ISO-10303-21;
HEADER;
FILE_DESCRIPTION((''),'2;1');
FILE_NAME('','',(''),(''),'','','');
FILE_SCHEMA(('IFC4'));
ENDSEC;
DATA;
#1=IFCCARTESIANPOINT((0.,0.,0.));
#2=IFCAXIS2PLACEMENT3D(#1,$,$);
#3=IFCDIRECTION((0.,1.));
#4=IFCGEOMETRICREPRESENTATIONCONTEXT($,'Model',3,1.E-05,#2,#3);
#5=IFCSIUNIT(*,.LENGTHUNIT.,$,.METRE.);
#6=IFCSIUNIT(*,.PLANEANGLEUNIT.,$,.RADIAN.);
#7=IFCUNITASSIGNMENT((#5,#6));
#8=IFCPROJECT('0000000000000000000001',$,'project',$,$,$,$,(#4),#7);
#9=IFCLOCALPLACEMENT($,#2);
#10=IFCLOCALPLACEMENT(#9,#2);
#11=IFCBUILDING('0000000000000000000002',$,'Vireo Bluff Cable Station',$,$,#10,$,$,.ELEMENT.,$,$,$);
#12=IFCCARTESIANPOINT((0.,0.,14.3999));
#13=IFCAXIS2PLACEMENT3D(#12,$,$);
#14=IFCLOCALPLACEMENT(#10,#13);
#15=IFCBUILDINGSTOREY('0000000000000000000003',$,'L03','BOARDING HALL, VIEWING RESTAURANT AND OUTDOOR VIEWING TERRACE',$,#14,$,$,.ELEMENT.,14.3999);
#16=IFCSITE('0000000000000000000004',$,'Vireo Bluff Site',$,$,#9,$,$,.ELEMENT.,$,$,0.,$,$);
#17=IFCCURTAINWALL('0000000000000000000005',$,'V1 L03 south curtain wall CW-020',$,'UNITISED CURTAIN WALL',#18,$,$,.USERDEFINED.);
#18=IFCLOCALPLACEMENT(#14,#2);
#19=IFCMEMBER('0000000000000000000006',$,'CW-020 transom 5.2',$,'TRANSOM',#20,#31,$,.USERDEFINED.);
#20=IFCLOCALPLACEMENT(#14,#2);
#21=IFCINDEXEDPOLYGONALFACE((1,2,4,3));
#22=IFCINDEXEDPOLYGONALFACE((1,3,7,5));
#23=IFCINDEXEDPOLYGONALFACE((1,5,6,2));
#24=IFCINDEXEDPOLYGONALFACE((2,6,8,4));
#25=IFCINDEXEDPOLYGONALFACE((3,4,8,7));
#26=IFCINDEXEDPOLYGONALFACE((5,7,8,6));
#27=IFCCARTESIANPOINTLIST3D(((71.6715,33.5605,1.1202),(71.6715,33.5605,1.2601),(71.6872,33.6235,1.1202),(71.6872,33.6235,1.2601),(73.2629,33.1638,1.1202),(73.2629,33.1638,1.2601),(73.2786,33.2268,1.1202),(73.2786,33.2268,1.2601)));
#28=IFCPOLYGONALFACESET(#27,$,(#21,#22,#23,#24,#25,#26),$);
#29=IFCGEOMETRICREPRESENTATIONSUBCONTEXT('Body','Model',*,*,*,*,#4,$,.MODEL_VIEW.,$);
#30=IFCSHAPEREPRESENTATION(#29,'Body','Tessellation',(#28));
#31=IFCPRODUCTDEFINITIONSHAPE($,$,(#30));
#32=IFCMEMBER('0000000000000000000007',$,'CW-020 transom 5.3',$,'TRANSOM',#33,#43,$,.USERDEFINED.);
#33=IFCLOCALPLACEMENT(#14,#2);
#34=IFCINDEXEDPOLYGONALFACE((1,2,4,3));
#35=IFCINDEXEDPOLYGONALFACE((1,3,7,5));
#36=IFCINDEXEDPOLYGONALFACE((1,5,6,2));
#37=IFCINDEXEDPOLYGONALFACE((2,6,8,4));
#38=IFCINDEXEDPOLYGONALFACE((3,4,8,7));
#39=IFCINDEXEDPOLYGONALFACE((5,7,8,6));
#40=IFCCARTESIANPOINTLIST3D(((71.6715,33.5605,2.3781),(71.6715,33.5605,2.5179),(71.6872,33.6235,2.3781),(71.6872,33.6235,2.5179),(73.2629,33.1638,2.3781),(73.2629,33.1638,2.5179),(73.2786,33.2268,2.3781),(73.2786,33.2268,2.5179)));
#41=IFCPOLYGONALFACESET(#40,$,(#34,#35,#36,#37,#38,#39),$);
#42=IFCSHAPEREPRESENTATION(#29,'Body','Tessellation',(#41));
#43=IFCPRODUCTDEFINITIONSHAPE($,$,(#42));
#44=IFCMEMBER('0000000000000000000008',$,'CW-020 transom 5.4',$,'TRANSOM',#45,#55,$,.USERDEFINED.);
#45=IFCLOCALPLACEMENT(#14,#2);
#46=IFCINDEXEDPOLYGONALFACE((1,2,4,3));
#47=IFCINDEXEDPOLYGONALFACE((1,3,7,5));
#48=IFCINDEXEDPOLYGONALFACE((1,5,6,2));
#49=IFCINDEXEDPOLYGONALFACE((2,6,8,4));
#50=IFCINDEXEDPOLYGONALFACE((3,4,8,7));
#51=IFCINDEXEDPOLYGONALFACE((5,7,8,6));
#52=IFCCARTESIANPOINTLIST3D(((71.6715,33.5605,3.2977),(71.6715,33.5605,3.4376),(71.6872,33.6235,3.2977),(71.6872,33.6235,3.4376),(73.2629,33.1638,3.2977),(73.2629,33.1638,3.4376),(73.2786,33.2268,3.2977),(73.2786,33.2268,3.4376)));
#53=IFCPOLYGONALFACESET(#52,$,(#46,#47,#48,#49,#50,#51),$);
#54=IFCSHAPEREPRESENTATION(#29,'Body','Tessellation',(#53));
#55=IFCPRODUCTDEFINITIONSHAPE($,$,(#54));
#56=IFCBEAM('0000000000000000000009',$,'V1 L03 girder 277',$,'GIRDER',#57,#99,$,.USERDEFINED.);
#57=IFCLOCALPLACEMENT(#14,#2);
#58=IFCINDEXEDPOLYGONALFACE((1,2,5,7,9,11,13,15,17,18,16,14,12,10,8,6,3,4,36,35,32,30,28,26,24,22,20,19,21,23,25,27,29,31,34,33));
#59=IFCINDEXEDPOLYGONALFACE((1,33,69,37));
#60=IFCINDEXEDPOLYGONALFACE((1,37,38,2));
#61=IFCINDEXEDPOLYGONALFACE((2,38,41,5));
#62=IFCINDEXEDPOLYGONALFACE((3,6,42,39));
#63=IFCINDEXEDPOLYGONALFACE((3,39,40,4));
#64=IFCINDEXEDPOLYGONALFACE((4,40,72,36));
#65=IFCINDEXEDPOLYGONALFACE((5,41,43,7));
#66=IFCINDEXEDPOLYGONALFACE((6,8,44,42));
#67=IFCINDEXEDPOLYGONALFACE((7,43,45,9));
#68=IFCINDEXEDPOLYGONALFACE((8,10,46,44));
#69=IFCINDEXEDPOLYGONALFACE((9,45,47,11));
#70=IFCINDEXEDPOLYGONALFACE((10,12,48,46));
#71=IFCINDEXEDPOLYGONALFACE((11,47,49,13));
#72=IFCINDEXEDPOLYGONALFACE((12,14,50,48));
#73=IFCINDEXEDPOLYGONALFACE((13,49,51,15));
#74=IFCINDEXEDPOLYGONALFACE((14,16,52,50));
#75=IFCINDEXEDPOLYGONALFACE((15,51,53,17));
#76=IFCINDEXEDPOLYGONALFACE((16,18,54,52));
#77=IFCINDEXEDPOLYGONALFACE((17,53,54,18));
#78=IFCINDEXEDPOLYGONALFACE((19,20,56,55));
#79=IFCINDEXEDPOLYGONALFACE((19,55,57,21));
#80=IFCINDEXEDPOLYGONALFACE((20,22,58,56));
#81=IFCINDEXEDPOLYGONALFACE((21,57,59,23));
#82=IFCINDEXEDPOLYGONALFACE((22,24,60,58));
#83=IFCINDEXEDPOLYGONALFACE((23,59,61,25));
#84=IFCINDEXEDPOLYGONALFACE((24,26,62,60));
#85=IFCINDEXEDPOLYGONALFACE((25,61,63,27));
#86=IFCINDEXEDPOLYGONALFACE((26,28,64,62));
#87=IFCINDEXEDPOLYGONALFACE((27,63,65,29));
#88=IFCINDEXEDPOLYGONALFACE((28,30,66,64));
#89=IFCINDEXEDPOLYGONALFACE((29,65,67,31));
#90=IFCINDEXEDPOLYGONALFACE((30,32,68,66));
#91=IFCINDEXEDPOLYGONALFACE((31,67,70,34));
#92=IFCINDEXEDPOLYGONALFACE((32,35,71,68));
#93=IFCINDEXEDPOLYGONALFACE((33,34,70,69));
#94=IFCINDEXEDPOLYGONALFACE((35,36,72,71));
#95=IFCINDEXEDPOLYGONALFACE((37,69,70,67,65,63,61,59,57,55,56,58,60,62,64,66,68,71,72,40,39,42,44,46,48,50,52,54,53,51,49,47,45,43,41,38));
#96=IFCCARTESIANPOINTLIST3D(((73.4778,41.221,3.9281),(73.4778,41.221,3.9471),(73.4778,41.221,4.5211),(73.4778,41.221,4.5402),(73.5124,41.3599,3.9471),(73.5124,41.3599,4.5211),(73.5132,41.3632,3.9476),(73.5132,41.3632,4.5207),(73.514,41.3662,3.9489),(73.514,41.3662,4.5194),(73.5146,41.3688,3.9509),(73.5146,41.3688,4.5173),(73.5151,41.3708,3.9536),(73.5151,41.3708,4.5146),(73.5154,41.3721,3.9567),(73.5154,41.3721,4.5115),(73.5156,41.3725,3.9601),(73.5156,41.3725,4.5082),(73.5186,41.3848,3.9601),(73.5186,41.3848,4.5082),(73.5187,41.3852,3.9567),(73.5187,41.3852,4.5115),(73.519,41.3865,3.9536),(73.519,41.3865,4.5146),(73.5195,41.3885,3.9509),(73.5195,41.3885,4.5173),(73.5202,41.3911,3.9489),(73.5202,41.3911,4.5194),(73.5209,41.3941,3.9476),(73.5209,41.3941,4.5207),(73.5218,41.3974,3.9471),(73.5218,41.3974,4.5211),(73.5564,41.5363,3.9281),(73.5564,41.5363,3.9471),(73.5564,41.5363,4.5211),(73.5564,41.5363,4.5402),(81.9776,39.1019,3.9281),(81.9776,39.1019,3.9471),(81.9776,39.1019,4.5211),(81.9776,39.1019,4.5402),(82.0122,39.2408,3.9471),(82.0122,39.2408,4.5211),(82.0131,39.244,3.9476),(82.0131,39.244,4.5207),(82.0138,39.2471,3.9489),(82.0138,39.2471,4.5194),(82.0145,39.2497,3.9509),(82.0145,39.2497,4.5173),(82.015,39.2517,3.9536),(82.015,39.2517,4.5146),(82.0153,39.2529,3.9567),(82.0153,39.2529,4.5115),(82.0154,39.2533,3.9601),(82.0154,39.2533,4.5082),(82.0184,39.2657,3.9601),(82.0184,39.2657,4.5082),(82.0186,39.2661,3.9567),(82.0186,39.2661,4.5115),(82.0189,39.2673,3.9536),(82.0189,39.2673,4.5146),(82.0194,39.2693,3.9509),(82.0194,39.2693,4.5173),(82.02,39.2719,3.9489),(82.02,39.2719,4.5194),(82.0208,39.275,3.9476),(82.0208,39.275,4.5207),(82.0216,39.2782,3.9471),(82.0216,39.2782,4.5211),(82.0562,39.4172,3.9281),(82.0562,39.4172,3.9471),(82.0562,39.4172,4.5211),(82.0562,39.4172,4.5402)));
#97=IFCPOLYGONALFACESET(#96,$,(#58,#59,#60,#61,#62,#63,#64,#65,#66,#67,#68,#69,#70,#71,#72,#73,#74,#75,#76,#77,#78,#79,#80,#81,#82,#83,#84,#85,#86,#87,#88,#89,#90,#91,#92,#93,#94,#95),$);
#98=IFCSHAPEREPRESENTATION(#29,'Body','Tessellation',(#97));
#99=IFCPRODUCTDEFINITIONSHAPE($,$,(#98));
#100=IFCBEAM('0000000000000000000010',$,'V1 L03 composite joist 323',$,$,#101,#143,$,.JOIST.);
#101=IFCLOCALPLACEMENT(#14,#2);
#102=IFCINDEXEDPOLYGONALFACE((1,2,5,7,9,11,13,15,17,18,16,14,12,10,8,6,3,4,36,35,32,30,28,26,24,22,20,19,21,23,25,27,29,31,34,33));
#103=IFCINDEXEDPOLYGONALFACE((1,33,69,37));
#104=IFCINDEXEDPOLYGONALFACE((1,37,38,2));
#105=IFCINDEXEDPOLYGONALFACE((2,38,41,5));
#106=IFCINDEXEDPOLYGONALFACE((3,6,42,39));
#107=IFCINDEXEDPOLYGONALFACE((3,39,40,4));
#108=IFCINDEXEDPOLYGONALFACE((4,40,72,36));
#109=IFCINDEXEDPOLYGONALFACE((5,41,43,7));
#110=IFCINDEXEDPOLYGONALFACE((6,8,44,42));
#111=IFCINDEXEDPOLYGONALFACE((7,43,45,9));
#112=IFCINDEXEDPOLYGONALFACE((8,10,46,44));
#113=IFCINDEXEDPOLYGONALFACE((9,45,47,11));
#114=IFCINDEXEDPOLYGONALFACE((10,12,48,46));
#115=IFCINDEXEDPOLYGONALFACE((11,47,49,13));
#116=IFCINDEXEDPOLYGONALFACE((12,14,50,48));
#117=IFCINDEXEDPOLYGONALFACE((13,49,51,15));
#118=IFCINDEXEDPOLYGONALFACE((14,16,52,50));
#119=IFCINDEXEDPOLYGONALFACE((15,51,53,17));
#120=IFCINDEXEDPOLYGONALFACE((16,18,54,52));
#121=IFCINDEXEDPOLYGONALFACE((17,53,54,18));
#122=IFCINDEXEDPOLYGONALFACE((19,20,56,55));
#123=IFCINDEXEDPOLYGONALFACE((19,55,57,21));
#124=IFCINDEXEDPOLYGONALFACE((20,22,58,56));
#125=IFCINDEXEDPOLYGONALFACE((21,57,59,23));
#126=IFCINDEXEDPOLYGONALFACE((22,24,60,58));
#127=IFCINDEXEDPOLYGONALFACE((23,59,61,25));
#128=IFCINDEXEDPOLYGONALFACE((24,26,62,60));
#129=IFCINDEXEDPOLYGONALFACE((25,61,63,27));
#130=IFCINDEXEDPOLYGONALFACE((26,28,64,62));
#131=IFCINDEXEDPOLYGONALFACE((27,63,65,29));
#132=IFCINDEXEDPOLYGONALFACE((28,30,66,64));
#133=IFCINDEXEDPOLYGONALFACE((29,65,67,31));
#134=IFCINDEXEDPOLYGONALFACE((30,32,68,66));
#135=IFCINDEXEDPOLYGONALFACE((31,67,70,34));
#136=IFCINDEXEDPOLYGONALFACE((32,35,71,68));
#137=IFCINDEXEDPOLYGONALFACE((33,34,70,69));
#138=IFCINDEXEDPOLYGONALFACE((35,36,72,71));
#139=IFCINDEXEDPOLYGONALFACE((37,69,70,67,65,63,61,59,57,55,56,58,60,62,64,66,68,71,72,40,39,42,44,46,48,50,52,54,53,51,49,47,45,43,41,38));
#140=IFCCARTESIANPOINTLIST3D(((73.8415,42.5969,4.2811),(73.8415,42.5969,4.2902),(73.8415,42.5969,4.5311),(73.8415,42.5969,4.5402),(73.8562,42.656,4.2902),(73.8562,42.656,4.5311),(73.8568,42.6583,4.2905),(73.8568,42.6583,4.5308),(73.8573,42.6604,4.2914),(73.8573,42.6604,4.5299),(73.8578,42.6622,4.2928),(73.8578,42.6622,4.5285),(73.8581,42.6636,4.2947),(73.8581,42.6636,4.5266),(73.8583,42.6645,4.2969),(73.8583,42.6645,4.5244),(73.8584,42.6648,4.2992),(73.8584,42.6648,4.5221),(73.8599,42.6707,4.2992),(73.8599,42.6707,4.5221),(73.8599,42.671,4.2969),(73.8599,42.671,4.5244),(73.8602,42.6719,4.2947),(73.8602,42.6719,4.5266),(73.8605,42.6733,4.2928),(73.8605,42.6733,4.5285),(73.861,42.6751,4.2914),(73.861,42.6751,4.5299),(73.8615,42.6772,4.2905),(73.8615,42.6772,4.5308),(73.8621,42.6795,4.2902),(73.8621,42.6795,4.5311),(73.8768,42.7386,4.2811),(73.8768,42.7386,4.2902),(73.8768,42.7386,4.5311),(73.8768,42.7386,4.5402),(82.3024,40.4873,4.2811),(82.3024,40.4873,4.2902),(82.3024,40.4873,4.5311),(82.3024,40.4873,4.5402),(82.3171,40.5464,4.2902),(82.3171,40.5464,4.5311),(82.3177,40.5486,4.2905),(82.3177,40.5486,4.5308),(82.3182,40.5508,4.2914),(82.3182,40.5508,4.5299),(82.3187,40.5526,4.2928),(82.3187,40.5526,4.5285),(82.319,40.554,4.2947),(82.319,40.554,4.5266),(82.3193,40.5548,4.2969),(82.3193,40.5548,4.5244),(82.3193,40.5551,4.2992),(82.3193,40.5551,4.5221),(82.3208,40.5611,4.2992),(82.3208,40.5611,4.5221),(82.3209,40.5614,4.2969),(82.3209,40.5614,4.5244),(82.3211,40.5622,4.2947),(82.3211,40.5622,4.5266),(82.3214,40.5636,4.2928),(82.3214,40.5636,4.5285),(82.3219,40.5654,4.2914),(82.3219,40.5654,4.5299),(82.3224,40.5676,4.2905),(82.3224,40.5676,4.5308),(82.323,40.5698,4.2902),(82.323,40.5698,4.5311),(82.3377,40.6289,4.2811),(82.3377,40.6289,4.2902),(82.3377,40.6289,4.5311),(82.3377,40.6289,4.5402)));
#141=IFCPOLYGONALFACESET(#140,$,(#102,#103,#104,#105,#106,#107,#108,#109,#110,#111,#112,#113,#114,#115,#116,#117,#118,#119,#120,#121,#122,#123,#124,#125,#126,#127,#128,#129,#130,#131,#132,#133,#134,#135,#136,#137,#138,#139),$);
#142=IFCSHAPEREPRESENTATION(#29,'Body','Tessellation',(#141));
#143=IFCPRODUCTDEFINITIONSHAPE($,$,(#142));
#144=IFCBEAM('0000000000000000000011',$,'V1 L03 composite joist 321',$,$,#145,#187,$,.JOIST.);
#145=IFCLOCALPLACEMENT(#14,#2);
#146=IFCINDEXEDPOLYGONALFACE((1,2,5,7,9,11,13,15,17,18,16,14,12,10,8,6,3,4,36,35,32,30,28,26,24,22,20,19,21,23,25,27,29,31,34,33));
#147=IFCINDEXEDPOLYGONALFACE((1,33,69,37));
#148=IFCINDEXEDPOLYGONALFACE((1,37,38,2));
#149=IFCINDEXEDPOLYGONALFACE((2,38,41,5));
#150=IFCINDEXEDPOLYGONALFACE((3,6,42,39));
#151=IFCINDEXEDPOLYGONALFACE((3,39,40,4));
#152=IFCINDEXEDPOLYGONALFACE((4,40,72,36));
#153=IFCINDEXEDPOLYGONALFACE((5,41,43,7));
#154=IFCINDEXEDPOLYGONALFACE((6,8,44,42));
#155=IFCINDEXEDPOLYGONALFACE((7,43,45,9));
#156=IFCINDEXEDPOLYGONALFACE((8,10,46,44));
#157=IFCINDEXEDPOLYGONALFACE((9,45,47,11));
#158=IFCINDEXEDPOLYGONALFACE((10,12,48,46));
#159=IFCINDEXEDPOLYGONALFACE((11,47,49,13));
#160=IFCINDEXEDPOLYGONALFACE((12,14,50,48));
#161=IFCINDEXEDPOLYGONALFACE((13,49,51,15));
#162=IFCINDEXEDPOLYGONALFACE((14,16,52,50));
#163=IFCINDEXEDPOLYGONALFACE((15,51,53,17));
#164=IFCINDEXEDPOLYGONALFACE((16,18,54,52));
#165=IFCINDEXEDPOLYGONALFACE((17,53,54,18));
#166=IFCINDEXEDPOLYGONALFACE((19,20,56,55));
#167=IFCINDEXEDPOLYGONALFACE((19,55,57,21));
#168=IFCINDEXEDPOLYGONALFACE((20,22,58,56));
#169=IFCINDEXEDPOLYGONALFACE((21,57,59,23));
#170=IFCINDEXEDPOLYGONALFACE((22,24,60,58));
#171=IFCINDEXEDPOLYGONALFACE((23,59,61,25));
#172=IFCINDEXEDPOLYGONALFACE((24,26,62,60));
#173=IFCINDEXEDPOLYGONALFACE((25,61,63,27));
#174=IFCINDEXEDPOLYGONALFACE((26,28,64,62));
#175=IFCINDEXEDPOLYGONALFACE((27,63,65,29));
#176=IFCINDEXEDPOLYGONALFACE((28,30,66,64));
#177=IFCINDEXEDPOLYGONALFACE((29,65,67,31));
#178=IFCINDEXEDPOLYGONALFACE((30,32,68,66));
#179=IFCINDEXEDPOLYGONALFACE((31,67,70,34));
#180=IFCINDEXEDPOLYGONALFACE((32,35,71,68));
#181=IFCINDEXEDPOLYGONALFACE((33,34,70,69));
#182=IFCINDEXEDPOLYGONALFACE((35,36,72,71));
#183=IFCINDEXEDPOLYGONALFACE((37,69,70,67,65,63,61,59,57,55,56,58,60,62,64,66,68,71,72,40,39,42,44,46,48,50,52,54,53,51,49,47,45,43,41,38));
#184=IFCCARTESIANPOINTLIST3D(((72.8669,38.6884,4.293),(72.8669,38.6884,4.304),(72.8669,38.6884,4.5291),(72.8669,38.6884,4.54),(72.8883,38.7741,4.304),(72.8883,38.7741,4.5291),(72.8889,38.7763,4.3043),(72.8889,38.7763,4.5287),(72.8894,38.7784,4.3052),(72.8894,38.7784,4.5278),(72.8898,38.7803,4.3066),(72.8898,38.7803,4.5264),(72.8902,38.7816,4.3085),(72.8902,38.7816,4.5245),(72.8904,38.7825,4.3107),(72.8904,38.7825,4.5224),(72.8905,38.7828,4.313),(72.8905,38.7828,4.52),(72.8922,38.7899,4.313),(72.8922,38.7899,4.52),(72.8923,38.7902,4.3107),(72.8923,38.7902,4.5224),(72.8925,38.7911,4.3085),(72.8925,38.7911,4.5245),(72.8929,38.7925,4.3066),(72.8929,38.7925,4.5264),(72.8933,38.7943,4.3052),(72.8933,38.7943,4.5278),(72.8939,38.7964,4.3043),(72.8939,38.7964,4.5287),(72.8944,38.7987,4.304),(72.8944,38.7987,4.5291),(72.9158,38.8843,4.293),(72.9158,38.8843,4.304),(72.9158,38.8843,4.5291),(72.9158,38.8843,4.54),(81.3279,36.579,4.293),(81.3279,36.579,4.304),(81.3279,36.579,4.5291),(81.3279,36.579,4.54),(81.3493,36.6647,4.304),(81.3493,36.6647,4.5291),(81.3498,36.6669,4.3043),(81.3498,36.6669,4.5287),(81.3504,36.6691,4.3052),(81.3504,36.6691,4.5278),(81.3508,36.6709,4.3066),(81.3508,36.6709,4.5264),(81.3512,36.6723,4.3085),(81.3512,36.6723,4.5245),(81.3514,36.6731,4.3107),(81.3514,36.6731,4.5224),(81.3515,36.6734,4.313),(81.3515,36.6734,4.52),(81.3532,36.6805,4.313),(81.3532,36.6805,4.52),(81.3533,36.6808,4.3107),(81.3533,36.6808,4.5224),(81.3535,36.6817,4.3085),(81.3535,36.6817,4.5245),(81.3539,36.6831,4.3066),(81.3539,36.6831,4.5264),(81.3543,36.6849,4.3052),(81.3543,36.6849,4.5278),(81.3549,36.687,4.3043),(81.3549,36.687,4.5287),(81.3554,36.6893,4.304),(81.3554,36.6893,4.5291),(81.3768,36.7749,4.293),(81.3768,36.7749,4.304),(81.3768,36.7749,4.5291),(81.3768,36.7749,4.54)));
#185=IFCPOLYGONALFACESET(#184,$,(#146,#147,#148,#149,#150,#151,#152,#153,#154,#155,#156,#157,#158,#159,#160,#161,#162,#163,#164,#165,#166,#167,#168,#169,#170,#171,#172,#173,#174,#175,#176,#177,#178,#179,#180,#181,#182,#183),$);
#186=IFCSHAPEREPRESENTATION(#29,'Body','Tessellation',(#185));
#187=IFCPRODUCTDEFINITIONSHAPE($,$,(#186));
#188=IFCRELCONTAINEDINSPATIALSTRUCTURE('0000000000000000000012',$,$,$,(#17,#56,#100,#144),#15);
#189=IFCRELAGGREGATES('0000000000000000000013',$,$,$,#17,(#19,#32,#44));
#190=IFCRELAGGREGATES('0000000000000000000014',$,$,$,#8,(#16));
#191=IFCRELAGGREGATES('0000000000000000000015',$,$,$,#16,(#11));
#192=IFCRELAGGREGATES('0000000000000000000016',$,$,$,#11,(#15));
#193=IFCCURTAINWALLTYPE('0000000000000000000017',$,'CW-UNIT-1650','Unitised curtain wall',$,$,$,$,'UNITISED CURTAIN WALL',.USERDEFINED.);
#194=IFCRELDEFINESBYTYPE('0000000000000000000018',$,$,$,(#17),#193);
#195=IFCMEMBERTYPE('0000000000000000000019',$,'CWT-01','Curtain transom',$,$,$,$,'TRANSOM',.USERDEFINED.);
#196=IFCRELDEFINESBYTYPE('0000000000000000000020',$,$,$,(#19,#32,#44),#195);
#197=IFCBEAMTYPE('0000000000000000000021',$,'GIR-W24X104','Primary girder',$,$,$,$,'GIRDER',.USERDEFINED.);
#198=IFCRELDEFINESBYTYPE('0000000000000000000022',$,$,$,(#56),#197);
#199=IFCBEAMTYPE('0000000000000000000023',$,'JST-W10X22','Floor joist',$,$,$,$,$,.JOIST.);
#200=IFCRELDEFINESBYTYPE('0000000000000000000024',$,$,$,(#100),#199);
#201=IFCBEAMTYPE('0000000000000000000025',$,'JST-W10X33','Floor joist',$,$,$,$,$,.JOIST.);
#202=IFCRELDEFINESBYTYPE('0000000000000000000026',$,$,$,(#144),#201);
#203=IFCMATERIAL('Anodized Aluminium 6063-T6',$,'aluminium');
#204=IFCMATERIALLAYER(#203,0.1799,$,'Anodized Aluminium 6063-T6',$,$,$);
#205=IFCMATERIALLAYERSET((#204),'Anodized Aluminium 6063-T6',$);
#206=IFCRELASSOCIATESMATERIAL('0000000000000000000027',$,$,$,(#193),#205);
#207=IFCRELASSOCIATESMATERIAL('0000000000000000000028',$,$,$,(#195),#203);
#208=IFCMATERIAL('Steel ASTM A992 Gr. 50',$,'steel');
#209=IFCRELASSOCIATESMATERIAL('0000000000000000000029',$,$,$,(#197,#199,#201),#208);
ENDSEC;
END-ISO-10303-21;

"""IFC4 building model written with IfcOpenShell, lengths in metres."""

from ifc_helpers import new_model, si_unit, direction, frame, origin, origin_2d, place, context, subcontext, project, spatial, rectangle, i_section, extrude, material, layer, layer_set, material_profile, profile_set, type_object, element, aggregate, save


model = new_model("IFC4")

# Units and contexts
model_context = context("Model", 3, precision=1e-05, world=origin(), true_north=direction((0.0, 1.0)))
body_context = subcontext(model_context, "Body", "Model", "MODEL_VIEW")
ifc_project = project(units=[si_unit("LENGTHUNIT", "METRE"), si_unit("PLANEANGLEUNIT", "RADIAN")], contexts=[model_context])

# Site, building, storey
site_placement = place(None, origin())
site = spatial("IfcSite", under=ifc_project, at=site_placement, Name="Vireo Bluff Site", CompositionType="ELEMENT", RefElevation=0.0)
building_placement = place(site_placement, origin())
building = spatial("IfcBuilding", under=site, at=building_placement, Name="Vireo Bluff Cable Station", CompositionType="ELEMENT")
storey_placement = place(building_placement, frame((0.0, 0.0, 14.3999)))
storey = spatial("IfcBuildingStorey", under=building, at=storey_placement, Name="L03", Description="BOARDING HALL, VIEWING RESTAURANT AND OUTDOOR VIEWING TERRACE", CompositionType="ELEMENT", Elevation=14.3999)

# Shared definitions
ifc_material_1 = material(Name="Steel ASTM A992 Gr. 50", Category="steel")

# Curtain wall, members
ifc_material_2 = material(Name="Anodized Aluminium 6063-T6", Category="aluminium")
ifc_layer_1 = layer(ifc_material_2, 0.1799, Name="Anodized Aluminium 6063-T6")
ifc_layer_set_1 = layer_set([ifc_layer_1], Name="Anodized Aluminium 6063-T6")
curtain_wall_type = type_object("IfcCurtainWallType", Name="CW-UNIT-1650", Description="Unitised curtain wall", ElementType="UNITISED CURTAIN WALL", PredefinedType="USERDEFINED", material=ifc_layer_set_1)
curtain_wall_placement = place(storey_placement, origin())
curtain_wall = element("IfcCurtainWall", 1, at=curtain_wall_placement, inside=storey, type_object=curtain_wall_type, Name="V1 L03 south curtain wall CW-020", ObjectType="UNITISED CURTAIN WALL", PredefinedType="USERDEFINED")
ifc_material_profile_1 = material_profile(ifc_material_2, rectangle(XDim=0.0649, YDim=0.1399, at=origin_2d()), Name="ALU-T-65X140")
ifc_profile_set_1 = profile_set([ifc_material_profile_1], Name="Anodized Aluminium 6063-T6")
member_type_1 = type_object("IfcMemberType", Name="CWT-01", Description="Curtain transom", ElementType="TRANSOM", PredefinedType="USERDEFINED", material=ifc_profile_set_1)
member_1_placement = place(storey_placement, frame((73.2708, 33.1953, 1.1902), z_axis=(-0.970309, 0.24187, 0.0), x_axis=(-0.24187, -0.970309, 0.0)))
member_1 = element("IfcMember", 2, at=member_1_placement, type_object=member_type_1, Name="CW-020 transom 5.2", ObjectType="TRANSOM", PredefinedType="USERDEFINED", context=body_context, shape_type="SweptSolid", body=[
    extrude(rectangle(XDim=0.0649, YDim=0.1399, at=origin_2d()), origin(), (0.0, 0.0, 1.0), 1.6401),
])
member_2_placement = place(storey_placement, frame((73.2708, 33.1953, 2.448), z_axis=(-0.970309, 0.24187, 0.0), x_axis=(-0.24187, -0.970309, 0.0)))
member_2 = element("IfcMember", 3, at=member_2_placement, type_object=member_type_1, Name="CW-020 transom 5.3", ObjectType="TRANSOM", PredefinedType="USERDEFINED", context=body_context, shape_type="SweptSolid", body=[
    extrude(rectangle(XDim=0.0649, YDim=0.1399, at=origin_2d()), origin(), (0.0, 0.0, 1.0), 1.6401),
])
member_3_placement = place(storey_placement, frame((73.2708, 33.1953, 3.3677), z_axis=(-0.970309, 0.24187, 0.0), x_axis=(-0.24187, -0.970309, 0.0)))
member_3 = element("IfcMember", 4, at=member_3_placement, type_object=member_type_1, Name="CW-020 transom 5.4", ObjectType="TRANSOM", PredefinedType="USERDEFINED", context=body_context, shape_type="SweptSolid", body=[
    extrude(rectangle(XDim=0.0649, YDim=0.1399, at=origin_2d()), origin(), (0.0, 0.0, 1.0), 1.6401),
])

# Beams
ifc_material_profile_2 = material_profile(ifc_material_1, i_section(OverallWidth=0.325, OverallDepth=0.6121, WebThickness=0.0127, FlangeThickness=0.019, FilletRadius=0.0129, at=origin_2d()), Name="W24X104")
ifc_profile_set_2 = profile_set([ifc_material_profile_2], Name="Steel ASTM A992 Gr. 50")
beam_type_1 = type_object("IfcBeamType", Name="GIR-W24X104", Description="Primary girder", ElementType="GIRDER", PredefinedType="USERDEFINED", material=ifc_profile_set_2)
beam_1_placement = place(storey_placement, frame((73.5171, 41.3787, 4.2341), z_axis=(0.970298, -0.241913, 0.0), x_axis=(0.241913, 0.970298, 0.0)))
element("IfcBeam", 5, at=beam_1_placement, inside=storey, type_object=beam_type_1, Name="V1 L03 girder 277", ObjectType="GIRDER", PredefinedType="USERDEFINED", context=body_context, shape_type="SweptSolid", body=[
    extrude(i_section(OverallWidth=0.325, OverallDepth=0.6121, WebThickness=0.0127, FlangeThickness=0.019, FilletRadius=0.0129, at=origin_2d()), origin(), (0.0, 0.0, 1.0), 8.76),
])
ifc_material_profile_3 = material_profile(ifc_material_1, i_section(OverallWidth=0.146, OverallDepth=0.259, WebThickness=0.0061, FlangeThickness=0.009, FilletRadius=0.009, at=origin_2d()), Name="W10X22")
ifc_profile_set_3 = profile_set([ifc_material_profile_3], Name="Steel ASTM A992 Gr. 50")
beam_type_2 = type_object("IfcBeamType", Name="JST-W10X22", Description="Floor joist", PredefinedType="JOIST", material=ifc_profile_set_3)
beam_2_placement = place(storey_placement, frame((73.8591, 42.6677, 4.4106), z_axis=(0.970294, -0.24193, 0.0), x_axis=(0.24193, 0.970294, 0.0)))
element("IfcBeam", 6, at=beam_2_placement, inside=storey, type_object=beam_type_2, Name="V1 L03 composite joist 323", PredefinedType="JOIST", context=body_context, shape_type="SweptSolid", body=[
    extrude(i_section(OverallWidth=0.146, OverallDepth=0.259, WebThickness=0.0061, FlangeThickness=0.009, FilletRadius=0.009, at=origin_2d()), origin(), (0.0, 0.0, 1.0), 8.72),
])
ifc_material_profile_4 = material_profile(ifc_material_1, i_section(OverallWidth=0.2019, OverallDepth=0.2471, WebThickness=0.0073, FlangeThickness=0.011, FilletRadius=0.009, at=origin_2d()), Name="W10X33")
ifc_profile_set_4 = profile_set([ifc_material_profile_4], Name="Steel ASTM A992 Gr. 50")
beam_type_3 = type_object("IfcBeamType", Name="JST-W10X33", Description="Floor joist", PredefinedType="JOIST", material=ifc_profile_set_4)
beam_3_placement = place(storey_placement, frame((72.8914, 38.7864, 4.4165), z_axis=(0.9703, -0.241903, 0.0), x_axis=(0.241903, 0.9703, 0.0)))
element("IfcBeam", 7, at=beam_3_placement, inside=storey, type_object=beam_type_3, Name="V1 L03 composite joist 321", PredefinedType="JOIST", context=body_context, shape_type="SweptSolid", body=[
    extrude(i_section(OverallWidth=0.2019, OverallDepth=0.2471, WebThickness=0.0073, FlangeThickness=0.011, FilletRadius=0.009, at=origin_2d()), origin(), (0.0, 0.0, 1.0), 8.72),
])

aggregate(curtain_wall, [member_1, member_2, member_3])

save(model, "model.ifc")
